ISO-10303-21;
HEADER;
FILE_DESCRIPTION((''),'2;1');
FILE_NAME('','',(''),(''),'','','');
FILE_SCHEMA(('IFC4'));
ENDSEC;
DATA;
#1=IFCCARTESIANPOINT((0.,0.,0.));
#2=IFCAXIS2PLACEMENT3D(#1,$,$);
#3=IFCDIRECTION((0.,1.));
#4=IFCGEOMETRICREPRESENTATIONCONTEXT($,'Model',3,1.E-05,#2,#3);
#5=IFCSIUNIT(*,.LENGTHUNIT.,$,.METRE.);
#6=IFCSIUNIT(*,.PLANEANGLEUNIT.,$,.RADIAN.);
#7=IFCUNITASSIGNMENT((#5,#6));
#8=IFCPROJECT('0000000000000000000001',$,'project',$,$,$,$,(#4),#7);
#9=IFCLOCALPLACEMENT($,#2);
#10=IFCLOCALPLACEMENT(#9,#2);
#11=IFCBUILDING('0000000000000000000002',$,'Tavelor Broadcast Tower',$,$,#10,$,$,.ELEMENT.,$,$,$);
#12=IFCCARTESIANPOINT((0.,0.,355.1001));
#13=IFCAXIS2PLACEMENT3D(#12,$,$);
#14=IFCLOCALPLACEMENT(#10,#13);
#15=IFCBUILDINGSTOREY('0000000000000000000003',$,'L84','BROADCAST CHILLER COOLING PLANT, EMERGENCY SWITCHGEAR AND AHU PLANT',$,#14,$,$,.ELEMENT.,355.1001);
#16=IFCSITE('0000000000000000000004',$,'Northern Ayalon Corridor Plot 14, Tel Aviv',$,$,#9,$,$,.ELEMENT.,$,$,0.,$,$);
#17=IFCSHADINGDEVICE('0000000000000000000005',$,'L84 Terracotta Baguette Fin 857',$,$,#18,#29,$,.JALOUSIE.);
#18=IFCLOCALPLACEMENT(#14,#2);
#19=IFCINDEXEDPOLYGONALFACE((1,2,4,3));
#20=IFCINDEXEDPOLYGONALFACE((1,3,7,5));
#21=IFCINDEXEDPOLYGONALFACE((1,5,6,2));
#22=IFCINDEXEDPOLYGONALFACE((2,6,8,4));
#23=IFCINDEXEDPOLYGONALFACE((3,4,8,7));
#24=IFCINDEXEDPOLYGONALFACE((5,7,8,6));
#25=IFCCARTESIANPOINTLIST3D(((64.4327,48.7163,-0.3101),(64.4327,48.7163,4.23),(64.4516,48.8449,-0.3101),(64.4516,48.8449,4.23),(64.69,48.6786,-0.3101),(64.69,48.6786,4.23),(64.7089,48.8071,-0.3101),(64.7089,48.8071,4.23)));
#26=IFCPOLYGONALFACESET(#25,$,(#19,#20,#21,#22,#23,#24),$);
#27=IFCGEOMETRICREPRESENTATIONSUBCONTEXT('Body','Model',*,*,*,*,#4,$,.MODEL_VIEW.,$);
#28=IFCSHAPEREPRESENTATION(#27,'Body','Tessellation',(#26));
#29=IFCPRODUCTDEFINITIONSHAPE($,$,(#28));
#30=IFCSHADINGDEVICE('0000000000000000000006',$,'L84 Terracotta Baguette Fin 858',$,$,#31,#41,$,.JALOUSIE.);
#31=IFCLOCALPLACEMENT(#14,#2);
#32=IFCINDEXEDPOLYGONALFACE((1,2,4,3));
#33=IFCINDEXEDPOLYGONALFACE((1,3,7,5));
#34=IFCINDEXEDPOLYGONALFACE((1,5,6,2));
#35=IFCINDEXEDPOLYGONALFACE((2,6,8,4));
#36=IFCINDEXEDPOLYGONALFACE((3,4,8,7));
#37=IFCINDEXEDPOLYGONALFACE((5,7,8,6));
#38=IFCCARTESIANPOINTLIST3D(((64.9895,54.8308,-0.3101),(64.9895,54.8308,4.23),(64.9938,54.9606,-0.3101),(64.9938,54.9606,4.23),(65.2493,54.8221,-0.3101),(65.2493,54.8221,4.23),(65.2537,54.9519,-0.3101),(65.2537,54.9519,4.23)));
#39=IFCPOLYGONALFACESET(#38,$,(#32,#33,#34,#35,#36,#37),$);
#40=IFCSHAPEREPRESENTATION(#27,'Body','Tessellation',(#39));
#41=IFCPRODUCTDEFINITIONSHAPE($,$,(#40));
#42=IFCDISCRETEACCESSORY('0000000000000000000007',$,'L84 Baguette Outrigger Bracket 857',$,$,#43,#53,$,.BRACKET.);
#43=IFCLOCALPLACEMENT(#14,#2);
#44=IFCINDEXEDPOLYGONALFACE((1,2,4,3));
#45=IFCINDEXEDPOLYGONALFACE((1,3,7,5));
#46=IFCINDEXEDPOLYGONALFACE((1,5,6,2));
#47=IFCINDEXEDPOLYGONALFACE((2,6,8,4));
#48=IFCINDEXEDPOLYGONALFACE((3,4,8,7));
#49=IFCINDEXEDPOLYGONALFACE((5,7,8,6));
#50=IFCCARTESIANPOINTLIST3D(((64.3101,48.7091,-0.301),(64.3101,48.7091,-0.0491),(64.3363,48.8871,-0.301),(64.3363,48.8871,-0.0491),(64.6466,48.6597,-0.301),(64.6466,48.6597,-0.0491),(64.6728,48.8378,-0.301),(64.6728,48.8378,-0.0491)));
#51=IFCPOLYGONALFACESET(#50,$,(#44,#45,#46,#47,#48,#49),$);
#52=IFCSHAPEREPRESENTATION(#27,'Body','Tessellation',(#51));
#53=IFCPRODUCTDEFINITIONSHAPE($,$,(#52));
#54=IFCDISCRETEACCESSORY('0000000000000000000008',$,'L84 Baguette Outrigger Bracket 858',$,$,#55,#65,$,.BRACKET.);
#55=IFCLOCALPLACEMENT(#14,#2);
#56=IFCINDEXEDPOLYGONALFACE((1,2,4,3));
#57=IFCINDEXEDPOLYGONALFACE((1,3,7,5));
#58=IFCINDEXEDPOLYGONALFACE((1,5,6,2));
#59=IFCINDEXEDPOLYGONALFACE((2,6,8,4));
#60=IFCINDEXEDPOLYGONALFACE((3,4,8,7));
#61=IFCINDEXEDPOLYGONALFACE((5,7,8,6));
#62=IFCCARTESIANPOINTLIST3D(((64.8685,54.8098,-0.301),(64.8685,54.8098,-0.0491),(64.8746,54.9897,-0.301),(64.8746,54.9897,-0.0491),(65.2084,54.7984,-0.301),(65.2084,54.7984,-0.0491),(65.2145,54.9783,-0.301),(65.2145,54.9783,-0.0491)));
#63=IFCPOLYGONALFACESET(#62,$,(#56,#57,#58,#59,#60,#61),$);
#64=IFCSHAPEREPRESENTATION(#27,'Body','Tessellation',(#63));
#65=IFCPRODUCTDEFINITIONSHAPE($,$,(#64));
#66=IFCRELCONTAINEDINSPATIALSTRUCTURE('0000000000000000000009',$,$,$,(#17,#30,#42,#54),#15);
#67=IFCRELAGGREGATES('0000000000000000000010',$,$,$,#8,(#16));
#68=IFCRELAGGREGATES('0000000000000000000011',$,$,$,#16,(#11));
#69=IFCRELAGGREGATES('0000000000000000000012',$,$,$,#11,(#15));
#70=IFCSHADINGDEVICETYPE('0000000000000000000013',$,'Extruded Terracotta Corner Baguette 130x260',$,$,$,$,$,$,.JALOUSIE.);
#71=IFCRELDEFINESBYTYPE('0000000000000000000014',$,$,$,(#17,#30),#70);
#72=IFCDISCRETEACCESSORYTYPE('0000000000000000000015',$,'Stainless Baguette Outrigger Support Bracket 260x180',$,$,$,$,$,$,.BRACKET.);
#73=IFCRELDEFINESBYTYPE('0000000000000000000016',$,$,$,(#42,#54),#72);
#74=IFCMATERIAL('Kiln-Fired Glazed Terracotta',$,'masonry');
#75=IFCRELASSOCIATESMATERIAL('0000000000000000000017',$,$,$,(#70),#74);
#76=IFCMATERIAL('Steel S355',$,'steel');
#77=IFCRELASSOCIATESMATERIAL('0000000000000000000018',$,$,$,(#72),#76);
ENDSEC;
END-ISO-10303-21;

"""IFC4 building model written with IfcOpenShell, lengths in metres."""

from ifc_helpers import new_model, si_unit, direction, frame, origin, origin_2d, place, context, subcontext, project, spatial, rectangle, extrude, source, transform, mapped, material, type_object, type_shapes, element, save


model = new_model("IFC4")

# Units and contexts
model_context = context("Model", 3, precision=1e-05, world=origin(), true_north=direction((0.0, 1.0)))
body_context = subcontext(model_context, "Body", "Model", "MODEL_VIEW")
ifc_project = project(units=[si_unit("LENGTHUNIT", "METRE"), si_unit("PLANEANGLEUNIT", "RADIAN")], contexts=[model_context])

# Site, building, storey
site_placement = place(None, origin())
site = spatial("IfcSite", under=ifc_project, at=site_placement, Name="Northern Ayalon Corridor Plot 14, Tel Aviv", CompositionType="ELEMENT", RefElevation=0.0)
building_placement = place(site_placement, origin())
building = spatial("IfcBuilding", under=site, at=building_placement, Name="Tavelor Broadcast Tower", CompositionType="ELEMENT")
storey_placement = place(building_placement, frame((0.0, 0.0, 355.1001)))
storey = spatial("IfcBuildingStorey", under=building, at=storey_placement, Name="L84", Description="BROADCAST CHILLER COOLING PLANT, EMERGENCY SWITCHGEAR AND AHU PLANT", CompositionType="ELEMENT", Elevation=355.1001)

# Shared definitions
ifc_material_1 = material(Name="Steel S355", Category="steel")

# Shading devices
ifc_material_2 = material(Name="Kiln-Fired Glazed Terracotta", Category="masonry")
shading_device_type = type_object("IfcShadingDeviceType", Name="Extruded Terracotta Corner Baguette 130x260", PredefinedType="JALOUSIE", material=ifc_material_2)
shared_shape_1 = source(origin(), body_context, "Body", "SweptSolid", [
    extrude(rectangle(XDim=0.1299, YDim=0.26, at=origin_2d()), origin(), (0.0, 0.0, 1.0), 4.54),
])
type_shapes(shading_device_type, [shared_shape_1])
for number, where, z_axis, x_axis, name in (
    (1, (64.5708, 48.7617, -0.3101), (0.0, 0.0, 1.0), (0.14522, 0.989399, 0.0), "L84 Terracotta Baguette Fin 857"),
    (2, (65.1216, 54.8914, -0.3101), (0.0, 0.0, 1.0), (0.033504, 0.999439, 0.0), "L84 Terracotta Baguette Fin 858"),
):
    element("IfcShadingDevice", number, at=place(storey_placement, frame(where, z_axis=z_axis, x_axis=x_axis)), inside=storey, type_object=shading_device_type, Name=name, PredefinedType="JALOUSIE", context=body_context, shape_type="MappedRepresentation", body=[
        mapped(shared_shape_1, transform((0.0, 0.0, 0.0), scale=1.0)),
    ])

# Discrete accessories
discrete_accessory_type = type_object("IfcDiscreteAccessoryType", Name="Stainless Baguette Outrigger Support Bracket 260x180", PredefinedType="BRACKET", material=ifc_material_1)
shared_shape_2 = source(origin(), body_context, "Body", "SweptSolid", [
    extrude(rectangle(XDim=0.1799, YDim=0.3401, at=origin_2d()), origin(), (0.0, 0.0, 1.0), 0.252),
])
type_shapes(discrete_accessory_type, [shared_shape_2])
for number, where, z_axis, x_axis, name in (
    (3, (64.4915, 48.7734, -0.301), (0.0, 0.0, 1.0), (0.14522, 0.989399, 0.0), "L84 Baguette Outrigger Bracket 857"),
    (4, (65.0415, 54.894, -0.301), (0.0, 0.0, 1.0), (0.033504, 0.999439, 0.0), "L84 Baguette Outrigger Bracket 858"),
):
    element("IfcDiscreteAccessory", number, at=place(storey_placement, frame(where, z_axis=z_axis, x_axis=x_axis)), inside=storey, type_object=discrete_accessory_type, Name=name, PredefinedType="BRACKET", context=body_context, shape_type="MappedRepresentation", body=[
        mapped(shared_shape_2, transform((0.0, 0.0, 0.0), scale=1.0)),
    ])

save(model, "model.ifc")
